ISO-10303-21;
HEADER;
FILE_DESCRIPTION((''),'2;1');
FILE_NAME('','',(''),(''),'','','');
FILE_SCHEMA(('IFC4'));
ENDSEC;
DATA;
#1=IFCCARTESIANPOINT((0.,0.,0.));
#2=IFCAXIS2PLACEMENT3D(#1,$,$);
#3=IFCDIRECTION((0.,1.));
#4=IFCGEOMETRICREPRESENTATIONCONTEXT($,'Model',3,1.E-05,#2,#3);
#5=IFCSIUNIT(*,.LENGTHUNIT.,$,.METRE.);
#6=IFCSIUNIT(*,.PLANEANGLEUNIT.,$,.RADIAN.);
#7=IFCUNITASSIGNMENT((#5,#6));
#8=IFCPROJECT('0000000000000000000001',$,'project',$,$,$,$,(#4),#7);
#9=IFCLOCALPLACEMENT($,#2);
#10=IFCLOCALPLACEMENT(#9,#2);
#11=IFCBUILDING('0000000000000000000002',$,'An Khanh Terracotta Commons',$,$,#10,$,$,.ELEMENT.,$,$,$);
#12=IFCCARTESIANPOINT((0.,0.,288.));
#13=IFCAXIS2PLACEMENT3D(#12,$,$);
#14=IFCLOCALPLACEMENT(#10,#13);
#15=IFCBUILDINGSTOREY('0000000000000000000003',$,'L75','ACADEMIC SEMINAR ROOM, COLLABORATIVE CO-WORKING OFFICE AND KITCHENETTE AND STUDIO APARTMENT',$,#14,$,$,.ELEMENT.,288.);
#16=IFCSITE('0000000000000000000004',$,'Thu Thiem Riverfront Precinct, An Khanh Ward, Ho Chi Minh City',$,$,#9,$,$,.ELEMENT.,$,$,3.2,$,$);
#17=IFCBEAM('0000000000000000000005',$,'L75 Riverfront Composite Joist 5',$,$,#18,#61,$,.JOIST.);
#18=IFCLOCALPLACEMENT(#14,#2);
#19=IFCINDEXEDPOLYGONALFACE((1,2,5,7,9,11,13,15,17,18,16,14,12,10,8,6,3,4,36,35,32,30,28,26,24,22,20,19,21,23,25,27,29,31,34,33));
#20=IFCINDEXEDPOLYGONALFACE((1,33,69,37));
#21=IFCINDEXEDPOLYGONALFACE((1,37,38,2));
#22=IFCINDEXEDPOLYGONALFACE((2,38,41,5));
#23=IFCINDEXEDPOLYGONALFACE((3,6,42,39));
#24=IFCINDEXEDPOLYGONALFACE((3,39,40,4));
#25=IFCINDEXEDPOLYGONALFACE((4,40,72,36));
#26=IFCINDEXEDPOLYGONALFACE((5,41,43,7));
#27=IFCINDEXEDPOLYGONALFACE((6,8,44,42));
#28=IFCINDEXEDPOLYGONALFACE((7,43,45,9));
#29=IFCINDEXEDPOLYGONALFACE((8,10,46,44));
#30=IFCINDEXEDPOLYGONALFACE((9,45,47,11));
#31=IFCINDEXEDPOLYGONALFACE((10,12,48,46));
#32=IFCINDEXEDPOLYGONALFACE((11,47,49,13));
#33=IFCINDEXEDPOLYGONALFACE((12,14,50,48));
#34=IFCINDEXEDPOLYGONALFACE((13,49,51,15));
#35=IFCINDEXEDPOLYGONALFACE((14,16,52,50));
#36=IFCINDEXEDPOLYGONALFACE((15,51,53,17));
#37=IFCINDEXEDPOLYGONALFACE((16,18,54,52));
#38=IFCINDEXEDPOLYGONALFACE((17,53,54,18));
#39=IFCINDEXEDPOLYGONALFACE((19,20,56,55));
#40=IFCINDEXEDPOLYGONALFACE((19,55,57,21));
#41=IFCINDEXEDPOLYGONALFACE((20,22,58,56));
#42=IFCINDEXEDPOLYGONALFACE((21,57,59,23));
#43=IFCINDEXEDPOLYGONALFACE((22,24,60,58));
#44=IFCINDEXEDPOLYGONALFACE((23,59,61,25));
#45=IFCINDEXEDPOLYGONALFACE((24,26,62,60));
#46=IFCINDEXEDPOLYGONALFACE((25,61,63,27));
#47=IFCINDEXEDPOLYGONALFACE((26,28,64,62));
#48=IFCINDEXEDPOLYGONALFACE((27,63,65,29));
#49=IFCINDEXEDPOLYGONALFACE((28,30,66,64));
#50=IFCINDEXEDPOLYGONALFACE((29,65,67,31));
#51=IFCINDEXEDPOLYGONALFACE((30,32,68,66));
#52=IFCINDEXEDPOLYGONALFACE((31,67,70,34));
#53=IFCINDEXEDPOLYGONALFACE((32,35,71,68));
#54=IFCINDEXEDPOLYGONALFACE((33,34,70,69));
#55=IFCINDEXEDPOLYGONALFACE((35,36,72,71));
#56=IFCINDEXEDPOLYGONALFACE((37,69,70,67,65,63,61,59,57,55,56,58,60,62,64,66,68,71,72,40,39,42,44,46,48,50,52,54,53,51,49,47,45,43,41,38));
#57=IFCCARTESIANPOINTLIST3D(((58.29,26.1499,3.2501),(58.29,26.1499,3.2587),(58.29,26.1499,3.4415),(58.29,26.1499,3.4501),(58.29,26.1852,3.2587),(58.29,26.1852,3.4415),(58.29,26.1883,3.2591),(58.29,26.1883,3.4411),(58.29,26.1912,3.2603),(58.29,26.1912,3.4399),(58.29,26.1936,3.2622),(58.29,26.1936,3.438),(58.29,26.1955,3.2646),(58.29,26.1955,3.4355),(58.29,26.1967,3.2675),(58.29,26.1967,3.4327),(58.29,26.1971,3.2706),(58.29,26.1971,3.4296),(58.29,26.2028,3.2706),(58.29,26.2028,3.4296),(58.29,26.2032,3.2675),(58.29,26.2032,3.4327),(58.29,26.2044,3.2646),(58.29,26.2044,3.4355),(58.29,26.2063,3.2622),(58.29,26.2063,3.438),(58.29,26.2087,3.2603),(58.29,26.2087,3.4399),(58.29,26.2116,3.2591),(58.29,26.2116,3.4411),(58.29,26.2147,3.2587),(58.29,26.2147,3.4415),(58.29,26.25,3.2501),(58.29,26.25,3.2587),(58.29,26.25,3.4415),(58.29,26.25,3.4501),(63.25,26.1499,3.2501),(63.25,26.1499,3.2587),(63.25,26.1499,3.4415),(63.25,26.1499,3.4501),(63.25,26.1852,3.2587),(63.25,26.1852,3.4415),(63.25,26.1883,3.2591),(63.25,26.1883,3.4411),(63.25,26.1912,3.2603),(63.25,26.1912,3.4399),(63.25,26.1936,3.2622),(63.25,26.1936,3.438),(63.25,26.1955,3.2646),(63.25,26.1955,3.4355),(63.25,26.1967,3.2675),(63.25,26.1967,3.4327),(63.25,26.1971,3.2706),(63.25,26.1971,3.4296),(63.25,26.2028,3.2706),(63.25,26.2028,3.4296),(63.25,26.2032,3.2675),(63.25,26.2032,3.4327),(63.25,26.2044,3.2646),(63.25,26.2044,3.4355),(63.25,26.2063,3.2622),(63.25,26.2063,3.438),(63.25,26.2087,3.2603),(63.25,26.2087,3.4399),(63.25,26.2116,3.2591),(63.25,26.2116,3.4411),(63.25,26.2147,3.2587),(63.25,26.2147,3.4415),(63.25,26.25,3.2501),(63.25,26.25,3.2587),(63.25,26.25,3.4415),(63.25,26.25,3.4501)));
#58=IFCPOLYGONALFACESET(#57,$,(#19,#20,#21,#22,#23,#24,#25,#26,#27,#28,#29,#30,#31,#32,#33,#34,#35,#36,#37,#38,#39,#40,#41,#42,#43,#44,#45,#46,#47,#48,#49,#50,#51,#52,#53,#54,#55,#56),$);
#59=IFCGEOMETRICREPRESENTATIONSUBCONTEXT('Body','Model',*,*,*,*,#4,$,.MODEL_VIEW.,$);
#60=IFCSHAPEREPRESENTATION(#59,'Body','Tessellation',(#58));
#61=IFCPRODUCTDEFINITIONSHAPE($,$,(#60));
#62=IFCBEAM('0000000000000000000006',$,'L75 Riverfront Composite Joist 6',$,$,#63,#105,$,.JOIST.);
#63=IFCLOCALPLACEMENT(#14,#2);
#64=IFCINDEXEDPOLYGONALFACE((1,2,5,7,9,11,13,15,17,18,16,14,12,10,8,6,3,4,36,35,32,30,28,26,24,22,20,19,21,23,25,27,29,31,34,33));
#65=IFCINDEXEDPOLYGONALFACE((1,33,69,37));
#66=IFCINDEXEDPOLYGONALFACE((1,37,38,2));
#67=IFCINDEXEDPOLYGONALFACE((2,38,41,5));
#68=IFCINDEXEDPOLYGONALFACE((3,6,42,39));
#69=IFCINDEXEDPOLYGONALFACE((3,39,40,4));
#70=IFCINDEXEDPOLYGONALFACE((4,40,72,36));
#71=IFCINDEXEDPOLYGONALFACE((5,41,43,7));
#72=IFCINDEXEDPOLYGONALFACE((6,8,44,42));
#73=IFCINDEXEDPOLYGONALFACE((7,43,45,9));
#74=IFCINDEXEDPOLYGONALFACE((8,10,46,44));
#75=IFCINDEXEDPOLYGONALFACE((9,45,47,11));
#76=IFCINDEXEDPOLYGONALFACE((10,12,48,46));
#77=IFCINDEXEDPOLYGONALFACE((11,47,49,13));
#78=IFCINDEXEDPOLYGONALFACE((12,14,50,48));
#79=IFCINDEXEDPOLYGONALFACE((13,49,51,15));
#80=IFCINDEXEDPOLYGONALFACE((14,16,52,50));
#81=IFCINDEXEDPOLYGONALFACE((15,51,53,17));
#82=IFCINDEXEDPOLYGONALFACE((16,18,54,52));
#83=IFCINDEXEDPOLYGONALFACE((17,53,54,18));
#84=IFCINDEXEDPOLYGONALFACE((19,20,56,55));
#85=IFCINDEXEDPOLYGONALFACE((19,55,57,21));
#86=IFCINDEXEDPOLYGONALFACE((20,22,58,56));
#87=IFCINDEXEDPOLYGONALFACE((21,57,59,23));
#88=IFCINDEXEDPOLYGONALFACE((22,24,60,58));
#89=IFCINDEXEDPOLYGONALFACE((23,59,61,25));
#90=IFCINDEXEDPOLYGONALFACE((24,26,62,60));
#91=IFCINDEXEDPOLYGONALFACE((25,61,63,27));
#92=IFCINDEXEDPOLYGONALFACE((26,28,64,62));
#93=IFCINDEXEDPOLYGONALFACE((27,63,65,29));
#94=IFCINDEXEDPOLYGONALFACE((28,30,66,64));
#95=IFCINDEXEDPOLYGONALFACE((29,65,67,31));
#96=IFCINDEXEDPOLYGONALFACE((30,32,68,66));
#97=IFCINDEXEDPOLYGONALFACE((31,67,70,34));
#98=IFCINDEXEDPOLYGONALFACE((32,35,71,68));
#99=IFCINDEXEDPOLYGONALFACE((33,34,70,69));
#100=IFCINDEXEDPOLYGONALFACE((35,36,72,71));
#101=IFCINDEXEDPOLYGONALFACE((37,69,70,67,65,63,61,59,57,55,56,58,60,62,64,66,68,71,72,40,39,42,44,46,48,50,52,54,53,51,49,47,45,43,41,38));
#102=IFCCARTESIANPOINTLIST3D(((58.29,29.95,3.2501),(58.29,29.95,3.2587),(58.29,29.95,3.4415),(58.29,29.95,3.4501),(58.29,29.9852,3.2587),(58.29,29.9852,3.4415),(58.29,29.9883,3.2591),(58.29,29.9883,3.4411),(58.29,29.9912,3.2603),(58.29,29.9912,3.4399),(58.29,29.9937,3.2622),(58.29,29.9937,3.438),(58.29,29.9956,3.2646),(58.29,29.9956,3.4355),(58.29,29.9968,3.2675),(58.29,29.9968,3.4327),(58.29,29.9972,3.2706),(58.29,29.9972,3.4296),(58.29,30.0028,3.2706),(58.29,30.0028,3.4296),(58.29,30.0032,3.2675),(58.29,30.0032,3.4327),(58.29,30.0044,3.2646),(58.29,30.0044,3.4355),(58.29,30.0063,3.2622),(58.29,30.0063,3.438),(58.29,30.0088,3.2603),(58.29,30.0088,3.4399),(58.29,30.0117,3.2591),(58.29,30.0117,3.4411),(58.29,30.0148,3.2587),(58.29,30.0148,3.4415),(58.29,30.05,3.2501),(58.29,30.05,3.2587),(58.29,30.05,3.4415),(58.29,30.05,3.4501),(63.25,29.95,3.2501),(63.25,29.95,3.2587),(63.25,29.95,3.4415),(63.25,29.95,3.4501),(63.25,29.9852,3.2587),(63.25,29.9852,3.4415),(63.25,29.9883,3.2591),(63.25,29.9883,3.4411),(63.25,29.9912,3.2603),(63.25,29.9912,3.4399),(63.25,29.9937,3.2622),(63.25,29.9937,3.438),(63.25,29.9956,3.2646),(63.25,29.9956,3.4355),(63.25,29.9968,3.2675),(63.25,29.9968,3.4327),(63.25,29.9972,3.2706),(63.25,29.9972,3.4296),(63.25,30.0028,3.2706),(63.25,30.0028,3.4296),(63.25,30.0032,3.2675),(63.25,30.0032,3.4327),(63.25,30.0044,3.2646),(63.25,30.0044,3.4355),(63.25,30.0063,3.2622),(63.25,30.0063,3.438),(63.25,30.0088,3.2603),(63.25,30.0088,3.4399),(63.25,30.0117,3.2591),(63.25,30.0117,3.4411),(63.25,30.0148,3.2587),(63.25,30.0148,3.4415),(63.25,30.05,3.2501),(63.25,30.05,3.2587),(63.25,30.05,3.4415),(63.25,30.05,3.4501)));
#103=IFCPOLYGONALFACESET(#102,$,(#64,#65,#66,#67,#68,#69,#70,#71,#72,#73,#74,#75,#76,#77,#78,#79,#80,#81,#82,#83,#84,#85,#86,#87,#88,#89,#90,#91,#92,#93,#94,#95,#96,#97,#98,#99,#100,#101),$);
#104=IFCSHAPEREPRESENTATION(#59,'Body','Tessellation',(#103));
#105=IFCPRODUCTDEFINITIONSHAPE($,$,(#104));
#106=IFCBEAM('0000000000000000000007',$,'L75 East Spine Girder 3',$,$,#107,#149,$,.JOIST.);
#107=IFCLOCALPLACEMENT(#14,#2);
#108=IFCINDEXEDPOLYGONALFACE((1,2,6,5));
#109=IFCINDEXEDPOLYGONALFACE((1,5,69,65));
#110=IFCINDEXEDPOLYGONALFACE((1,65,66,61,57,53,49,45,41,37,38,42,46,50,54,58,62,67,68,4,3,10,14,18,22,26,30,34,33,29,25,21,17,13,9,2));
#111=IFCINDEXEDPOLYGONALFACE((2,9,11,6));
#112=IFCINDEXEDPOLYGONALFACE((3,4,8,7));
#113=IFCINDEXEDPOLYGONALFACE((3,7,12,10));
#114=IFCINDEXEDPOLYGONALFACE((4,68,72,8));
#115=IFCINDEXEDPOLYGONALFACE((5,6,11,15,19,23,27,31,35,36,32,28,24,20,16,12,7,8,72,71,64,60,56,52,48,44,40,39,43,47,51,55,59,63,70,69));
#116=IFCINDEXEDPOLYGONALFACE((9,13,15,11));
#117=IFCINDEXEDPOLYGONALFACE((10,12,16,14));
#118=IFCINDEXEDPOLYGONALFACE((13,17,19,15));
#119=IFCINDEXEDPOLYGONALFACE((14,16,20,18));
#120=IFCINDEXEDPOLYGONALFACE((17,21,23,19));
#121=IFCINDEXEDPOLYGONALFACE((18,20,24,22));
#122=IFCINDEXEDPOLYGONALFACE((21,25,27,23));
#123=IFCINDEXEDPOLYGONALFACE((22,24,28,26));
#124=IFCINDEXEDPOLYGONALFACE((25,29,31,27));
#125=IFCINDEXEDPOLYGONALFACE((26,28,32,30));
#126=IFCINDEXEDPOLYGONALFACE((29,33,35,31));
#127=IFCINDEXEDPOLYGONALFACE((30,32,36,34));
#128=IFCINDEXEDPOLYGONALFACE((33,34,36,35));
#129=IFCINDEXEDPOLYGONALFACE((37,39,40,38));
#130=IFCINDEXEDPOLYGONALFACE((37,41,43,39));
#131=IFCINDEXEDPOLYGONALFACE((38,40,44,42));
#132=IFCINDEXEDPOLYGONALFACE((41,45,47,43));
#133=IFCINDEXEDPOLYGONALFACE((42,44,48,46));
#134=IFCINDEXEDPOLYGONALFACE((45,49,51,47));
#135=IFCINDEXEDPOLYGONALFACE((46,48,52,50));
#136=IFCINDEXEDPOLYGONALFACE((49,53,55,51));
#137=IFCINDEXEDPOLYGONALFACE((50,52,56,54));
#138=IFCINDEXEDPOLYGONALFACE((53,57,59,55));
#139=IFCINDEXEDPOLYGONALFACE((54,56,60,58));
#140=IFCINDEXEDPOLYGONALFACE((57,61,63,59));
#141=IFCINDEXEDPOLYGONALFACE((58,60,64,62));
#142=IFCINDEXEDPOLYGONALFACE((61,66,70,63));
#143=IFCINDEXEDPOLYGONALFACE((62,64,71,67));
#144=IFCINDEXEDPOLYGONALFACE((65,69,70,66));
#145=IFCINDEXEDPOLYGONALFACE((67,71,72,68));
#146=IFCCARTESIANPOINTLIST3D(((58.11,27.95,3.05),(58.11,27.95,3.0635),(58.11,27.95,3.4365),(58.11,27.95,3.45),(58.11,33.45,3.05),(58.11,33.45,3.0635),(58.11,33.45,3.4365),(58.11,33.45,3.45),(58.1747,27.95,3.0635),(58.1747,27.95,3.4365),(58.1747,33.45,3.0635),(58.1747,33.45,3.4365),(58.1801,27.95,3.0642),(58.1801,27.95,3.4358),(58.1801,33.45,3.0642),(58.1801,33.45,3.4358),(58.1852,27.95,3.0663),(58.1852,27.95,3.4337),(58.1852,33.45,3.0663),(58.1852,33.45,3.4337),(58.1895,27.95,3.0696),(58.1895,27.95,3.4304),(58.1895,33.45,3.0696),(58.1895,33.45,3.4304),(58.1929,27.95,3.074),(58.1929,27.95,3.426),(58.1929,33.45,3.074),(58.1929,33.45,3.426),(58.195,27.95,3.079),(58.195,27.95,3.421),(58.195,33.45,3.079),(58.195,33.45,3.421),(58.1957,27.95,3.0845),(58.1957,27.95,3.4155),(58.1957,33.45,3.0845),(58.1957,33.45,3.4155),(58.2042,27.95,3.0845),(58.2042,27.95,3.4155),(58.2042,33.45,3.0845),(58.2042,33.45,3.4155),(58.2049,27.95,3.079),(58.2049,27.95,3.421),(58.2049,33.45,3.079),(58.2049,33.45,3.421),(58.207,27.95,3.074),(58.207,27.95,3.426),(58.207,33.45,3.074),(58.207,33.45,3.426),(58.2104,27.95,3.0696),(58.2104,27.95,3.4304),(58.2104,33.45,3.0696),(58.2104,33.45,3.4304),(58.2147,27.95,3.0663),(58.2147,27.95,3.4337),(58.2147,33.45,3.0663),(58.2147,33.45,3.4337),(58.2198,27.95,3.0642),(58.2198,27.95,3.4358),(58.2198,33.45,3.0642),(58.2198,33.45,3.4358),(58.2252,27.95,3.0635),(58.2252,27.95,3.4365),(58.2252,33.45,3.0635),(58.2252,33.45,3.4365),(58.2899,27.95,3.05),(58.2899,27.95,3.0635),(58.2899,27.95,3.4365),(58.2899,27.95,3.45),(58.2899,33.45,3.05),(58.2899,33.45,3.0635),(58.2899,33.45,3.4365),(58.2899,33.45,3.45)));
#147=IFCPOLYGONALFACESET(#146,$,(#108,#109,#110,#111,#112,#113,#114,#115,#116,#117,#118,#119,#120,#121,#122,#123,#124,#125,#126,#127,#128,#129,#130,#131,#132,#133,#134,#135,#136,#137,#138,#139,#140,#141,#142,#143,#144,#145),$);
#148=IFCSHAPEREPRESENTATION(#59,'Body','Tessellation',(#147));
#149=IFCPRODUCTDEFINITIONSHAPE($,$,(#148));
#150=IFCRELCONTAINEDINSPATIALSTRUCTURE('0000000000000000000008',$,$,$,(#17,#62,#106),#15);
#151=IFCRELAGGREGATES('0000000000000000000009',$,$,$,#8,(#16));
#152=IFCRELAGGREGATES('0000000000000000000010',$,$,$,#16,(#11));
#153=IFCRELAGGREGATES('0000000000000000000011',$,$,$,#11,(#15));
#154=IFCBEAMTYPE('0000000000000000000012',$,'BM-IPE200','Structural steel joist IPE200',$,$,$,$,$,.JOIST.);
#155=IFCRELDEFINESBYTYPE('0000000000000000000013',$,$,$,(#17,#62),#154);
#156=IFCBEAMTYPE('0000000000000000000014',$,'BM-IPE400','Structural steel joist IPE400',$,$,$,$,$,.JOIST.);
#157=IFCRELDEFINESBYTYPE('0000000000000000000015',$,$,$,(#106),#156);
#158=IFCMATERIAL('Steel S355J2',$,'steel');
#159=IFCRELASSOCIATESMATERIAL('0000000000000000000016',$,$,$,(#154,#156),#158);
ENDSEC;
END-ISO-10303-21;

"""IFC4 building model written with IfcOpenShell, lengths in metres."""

from ifc_helpers import new_model, si_unit, direction, frame, origin, origin_2d, place, context, subcontext, project, spatial, i_section, extrude, material, material_profile, profile_set, type_object, element, save


model = new_model("IFC4")

# Units and contexts
model_context = context("Model", 3, precision=1e-05, world=origin(), true_north=direction((0.0, 1.0)))
body_context = subcontext(model_context, "Body", "Model", "MODEL_VIEW")
ifc_project = project(units=[si_unit("LENGTHUNIT", "METRE"), si_unit("PLANEANGLEUNIT", "RADIAN")], contexts=[model_context])

# Site, building, storey
site_placement = place(None, origin())
site = spatial("IfcSite", under=ifc_project, at=site_placement, Name="Thu Thiem Riverfront Precinct, An Khanh Ward, Ho Chi Minh City", CompositionType="ELEMENT", RefElevation=3.2)
building_placement = place(site_placement, origin())
building = spatial("IfcBuilding", under=site, at=building_placement, Name="An Khanh Terracotta Commons", CompositionType="ELEMENT")
storey_placement = place(building_placement, frame((0.0, 0.0, 288.0)))
storey = spatial("IfcBuildingStorey", under=building, at=storey_placement, Name="L75", Description="ACADEMIC SEMINAR ROOM, COLLABORATIVE CO-WORKING OFFICE AND KITCHENETTE AND STUDIO APARTMENT", CompositionType="ELEMENT", Elevation=288.0)

# Beams
ifc_material_1 = material(Name="Steel S355J2", Category="steel")
ifc_material_profile_1 = material_profile(ifc_material_1, i_section(OverallWidth=0.1001, OverallDepth=0.2, WebThickness=0.0056, FlangeThickness=0.0085, FilletRadius=0.012, at=origin_2d()), Name="IPE200")
ifc_profile_set_1 = profile_set([ifc_material_profile_1], Name="Steel S355J2")
beam_type_1 = type_object("IfcBeamType", Name="BM-IPE200", Description="Structural steel joist IPE200", PredefinedType="JOIST", material=ifc_profile_set_1)
for number, where, z_axis, x_axis, name in (
    (1, (58.29, 26.2, 3.3501), (1.0, 0.0, 0.0), (0.0, 1.0, 0.0), "L75 Riverfront Composite Joist 5"),
    (2, (58.29, 30.0, 3.3501), (1.0, 0.0, 0.0), (0.0, 1.0, 0.0), "L75 Riverfront Composite Joist 6"),
):
    element("IfcBeam", number, at=place(storey_placement, frame(where, z_axis=z_axis, x_axis=x_axis)), inside=storey, type_object=beam_type_1, Name=name, PredefinedType="JOIST", context=body_context, shape_type="SweptSolid", body=[
        extrude(i_section(OverallWidth=0.1001, OverallDepth=0.2, WebThickness=0.0056, FlangeThickness=0.0085, FilletRadius=0.012, at=origin_2d()), origin(), (0.0, 0.0, 1.0), 4.96),
    ])
ifc_material_profile_2 = material_profile(ifc_material_1, i_section(OverallWidth=0.1799, OverallDepth=0.3999, WebThickness=0.0085, FlangeThickness=0.0134, FilletRadius=0.021, at=origin_2d()), Name="IPE400")
ifc_profile_set_2 = profile_set([ifc_material_profile_2], Name="Steel S355J2")
beam_type_2 = type_object("IfcBeamType", Name="BM-IPE400", Description="Structural steel joist IPE400", PredefinedType="JOIST", material=ifc_profile_set_2)
beam_1_placement = place(storey_placement, frame((58.2, 27.95, 3.25), z_axis=(0.0, 1.0, 0.0), x_axis=(-1.0, 0.0, 0.0)))
element("IfcBeam", 3, at=beam_1_placement, inside=storey, type_object=beam_type_2, Name="L75 East Spine Girder 3", PredefinedType="JOIST", context=body_context, shape_type="SweptSolid", body=[
    extrude(i_section(OverallWidth=0.1799, OverallDepth=0.3999, WebThickness=0.0085, FlangeThickness=0.0134, FilletRadius=0.021, at=origin_2d()), origin(), (0.0, 0.0, 1.0), 5.5),
])

save(model, "model.ifc")
